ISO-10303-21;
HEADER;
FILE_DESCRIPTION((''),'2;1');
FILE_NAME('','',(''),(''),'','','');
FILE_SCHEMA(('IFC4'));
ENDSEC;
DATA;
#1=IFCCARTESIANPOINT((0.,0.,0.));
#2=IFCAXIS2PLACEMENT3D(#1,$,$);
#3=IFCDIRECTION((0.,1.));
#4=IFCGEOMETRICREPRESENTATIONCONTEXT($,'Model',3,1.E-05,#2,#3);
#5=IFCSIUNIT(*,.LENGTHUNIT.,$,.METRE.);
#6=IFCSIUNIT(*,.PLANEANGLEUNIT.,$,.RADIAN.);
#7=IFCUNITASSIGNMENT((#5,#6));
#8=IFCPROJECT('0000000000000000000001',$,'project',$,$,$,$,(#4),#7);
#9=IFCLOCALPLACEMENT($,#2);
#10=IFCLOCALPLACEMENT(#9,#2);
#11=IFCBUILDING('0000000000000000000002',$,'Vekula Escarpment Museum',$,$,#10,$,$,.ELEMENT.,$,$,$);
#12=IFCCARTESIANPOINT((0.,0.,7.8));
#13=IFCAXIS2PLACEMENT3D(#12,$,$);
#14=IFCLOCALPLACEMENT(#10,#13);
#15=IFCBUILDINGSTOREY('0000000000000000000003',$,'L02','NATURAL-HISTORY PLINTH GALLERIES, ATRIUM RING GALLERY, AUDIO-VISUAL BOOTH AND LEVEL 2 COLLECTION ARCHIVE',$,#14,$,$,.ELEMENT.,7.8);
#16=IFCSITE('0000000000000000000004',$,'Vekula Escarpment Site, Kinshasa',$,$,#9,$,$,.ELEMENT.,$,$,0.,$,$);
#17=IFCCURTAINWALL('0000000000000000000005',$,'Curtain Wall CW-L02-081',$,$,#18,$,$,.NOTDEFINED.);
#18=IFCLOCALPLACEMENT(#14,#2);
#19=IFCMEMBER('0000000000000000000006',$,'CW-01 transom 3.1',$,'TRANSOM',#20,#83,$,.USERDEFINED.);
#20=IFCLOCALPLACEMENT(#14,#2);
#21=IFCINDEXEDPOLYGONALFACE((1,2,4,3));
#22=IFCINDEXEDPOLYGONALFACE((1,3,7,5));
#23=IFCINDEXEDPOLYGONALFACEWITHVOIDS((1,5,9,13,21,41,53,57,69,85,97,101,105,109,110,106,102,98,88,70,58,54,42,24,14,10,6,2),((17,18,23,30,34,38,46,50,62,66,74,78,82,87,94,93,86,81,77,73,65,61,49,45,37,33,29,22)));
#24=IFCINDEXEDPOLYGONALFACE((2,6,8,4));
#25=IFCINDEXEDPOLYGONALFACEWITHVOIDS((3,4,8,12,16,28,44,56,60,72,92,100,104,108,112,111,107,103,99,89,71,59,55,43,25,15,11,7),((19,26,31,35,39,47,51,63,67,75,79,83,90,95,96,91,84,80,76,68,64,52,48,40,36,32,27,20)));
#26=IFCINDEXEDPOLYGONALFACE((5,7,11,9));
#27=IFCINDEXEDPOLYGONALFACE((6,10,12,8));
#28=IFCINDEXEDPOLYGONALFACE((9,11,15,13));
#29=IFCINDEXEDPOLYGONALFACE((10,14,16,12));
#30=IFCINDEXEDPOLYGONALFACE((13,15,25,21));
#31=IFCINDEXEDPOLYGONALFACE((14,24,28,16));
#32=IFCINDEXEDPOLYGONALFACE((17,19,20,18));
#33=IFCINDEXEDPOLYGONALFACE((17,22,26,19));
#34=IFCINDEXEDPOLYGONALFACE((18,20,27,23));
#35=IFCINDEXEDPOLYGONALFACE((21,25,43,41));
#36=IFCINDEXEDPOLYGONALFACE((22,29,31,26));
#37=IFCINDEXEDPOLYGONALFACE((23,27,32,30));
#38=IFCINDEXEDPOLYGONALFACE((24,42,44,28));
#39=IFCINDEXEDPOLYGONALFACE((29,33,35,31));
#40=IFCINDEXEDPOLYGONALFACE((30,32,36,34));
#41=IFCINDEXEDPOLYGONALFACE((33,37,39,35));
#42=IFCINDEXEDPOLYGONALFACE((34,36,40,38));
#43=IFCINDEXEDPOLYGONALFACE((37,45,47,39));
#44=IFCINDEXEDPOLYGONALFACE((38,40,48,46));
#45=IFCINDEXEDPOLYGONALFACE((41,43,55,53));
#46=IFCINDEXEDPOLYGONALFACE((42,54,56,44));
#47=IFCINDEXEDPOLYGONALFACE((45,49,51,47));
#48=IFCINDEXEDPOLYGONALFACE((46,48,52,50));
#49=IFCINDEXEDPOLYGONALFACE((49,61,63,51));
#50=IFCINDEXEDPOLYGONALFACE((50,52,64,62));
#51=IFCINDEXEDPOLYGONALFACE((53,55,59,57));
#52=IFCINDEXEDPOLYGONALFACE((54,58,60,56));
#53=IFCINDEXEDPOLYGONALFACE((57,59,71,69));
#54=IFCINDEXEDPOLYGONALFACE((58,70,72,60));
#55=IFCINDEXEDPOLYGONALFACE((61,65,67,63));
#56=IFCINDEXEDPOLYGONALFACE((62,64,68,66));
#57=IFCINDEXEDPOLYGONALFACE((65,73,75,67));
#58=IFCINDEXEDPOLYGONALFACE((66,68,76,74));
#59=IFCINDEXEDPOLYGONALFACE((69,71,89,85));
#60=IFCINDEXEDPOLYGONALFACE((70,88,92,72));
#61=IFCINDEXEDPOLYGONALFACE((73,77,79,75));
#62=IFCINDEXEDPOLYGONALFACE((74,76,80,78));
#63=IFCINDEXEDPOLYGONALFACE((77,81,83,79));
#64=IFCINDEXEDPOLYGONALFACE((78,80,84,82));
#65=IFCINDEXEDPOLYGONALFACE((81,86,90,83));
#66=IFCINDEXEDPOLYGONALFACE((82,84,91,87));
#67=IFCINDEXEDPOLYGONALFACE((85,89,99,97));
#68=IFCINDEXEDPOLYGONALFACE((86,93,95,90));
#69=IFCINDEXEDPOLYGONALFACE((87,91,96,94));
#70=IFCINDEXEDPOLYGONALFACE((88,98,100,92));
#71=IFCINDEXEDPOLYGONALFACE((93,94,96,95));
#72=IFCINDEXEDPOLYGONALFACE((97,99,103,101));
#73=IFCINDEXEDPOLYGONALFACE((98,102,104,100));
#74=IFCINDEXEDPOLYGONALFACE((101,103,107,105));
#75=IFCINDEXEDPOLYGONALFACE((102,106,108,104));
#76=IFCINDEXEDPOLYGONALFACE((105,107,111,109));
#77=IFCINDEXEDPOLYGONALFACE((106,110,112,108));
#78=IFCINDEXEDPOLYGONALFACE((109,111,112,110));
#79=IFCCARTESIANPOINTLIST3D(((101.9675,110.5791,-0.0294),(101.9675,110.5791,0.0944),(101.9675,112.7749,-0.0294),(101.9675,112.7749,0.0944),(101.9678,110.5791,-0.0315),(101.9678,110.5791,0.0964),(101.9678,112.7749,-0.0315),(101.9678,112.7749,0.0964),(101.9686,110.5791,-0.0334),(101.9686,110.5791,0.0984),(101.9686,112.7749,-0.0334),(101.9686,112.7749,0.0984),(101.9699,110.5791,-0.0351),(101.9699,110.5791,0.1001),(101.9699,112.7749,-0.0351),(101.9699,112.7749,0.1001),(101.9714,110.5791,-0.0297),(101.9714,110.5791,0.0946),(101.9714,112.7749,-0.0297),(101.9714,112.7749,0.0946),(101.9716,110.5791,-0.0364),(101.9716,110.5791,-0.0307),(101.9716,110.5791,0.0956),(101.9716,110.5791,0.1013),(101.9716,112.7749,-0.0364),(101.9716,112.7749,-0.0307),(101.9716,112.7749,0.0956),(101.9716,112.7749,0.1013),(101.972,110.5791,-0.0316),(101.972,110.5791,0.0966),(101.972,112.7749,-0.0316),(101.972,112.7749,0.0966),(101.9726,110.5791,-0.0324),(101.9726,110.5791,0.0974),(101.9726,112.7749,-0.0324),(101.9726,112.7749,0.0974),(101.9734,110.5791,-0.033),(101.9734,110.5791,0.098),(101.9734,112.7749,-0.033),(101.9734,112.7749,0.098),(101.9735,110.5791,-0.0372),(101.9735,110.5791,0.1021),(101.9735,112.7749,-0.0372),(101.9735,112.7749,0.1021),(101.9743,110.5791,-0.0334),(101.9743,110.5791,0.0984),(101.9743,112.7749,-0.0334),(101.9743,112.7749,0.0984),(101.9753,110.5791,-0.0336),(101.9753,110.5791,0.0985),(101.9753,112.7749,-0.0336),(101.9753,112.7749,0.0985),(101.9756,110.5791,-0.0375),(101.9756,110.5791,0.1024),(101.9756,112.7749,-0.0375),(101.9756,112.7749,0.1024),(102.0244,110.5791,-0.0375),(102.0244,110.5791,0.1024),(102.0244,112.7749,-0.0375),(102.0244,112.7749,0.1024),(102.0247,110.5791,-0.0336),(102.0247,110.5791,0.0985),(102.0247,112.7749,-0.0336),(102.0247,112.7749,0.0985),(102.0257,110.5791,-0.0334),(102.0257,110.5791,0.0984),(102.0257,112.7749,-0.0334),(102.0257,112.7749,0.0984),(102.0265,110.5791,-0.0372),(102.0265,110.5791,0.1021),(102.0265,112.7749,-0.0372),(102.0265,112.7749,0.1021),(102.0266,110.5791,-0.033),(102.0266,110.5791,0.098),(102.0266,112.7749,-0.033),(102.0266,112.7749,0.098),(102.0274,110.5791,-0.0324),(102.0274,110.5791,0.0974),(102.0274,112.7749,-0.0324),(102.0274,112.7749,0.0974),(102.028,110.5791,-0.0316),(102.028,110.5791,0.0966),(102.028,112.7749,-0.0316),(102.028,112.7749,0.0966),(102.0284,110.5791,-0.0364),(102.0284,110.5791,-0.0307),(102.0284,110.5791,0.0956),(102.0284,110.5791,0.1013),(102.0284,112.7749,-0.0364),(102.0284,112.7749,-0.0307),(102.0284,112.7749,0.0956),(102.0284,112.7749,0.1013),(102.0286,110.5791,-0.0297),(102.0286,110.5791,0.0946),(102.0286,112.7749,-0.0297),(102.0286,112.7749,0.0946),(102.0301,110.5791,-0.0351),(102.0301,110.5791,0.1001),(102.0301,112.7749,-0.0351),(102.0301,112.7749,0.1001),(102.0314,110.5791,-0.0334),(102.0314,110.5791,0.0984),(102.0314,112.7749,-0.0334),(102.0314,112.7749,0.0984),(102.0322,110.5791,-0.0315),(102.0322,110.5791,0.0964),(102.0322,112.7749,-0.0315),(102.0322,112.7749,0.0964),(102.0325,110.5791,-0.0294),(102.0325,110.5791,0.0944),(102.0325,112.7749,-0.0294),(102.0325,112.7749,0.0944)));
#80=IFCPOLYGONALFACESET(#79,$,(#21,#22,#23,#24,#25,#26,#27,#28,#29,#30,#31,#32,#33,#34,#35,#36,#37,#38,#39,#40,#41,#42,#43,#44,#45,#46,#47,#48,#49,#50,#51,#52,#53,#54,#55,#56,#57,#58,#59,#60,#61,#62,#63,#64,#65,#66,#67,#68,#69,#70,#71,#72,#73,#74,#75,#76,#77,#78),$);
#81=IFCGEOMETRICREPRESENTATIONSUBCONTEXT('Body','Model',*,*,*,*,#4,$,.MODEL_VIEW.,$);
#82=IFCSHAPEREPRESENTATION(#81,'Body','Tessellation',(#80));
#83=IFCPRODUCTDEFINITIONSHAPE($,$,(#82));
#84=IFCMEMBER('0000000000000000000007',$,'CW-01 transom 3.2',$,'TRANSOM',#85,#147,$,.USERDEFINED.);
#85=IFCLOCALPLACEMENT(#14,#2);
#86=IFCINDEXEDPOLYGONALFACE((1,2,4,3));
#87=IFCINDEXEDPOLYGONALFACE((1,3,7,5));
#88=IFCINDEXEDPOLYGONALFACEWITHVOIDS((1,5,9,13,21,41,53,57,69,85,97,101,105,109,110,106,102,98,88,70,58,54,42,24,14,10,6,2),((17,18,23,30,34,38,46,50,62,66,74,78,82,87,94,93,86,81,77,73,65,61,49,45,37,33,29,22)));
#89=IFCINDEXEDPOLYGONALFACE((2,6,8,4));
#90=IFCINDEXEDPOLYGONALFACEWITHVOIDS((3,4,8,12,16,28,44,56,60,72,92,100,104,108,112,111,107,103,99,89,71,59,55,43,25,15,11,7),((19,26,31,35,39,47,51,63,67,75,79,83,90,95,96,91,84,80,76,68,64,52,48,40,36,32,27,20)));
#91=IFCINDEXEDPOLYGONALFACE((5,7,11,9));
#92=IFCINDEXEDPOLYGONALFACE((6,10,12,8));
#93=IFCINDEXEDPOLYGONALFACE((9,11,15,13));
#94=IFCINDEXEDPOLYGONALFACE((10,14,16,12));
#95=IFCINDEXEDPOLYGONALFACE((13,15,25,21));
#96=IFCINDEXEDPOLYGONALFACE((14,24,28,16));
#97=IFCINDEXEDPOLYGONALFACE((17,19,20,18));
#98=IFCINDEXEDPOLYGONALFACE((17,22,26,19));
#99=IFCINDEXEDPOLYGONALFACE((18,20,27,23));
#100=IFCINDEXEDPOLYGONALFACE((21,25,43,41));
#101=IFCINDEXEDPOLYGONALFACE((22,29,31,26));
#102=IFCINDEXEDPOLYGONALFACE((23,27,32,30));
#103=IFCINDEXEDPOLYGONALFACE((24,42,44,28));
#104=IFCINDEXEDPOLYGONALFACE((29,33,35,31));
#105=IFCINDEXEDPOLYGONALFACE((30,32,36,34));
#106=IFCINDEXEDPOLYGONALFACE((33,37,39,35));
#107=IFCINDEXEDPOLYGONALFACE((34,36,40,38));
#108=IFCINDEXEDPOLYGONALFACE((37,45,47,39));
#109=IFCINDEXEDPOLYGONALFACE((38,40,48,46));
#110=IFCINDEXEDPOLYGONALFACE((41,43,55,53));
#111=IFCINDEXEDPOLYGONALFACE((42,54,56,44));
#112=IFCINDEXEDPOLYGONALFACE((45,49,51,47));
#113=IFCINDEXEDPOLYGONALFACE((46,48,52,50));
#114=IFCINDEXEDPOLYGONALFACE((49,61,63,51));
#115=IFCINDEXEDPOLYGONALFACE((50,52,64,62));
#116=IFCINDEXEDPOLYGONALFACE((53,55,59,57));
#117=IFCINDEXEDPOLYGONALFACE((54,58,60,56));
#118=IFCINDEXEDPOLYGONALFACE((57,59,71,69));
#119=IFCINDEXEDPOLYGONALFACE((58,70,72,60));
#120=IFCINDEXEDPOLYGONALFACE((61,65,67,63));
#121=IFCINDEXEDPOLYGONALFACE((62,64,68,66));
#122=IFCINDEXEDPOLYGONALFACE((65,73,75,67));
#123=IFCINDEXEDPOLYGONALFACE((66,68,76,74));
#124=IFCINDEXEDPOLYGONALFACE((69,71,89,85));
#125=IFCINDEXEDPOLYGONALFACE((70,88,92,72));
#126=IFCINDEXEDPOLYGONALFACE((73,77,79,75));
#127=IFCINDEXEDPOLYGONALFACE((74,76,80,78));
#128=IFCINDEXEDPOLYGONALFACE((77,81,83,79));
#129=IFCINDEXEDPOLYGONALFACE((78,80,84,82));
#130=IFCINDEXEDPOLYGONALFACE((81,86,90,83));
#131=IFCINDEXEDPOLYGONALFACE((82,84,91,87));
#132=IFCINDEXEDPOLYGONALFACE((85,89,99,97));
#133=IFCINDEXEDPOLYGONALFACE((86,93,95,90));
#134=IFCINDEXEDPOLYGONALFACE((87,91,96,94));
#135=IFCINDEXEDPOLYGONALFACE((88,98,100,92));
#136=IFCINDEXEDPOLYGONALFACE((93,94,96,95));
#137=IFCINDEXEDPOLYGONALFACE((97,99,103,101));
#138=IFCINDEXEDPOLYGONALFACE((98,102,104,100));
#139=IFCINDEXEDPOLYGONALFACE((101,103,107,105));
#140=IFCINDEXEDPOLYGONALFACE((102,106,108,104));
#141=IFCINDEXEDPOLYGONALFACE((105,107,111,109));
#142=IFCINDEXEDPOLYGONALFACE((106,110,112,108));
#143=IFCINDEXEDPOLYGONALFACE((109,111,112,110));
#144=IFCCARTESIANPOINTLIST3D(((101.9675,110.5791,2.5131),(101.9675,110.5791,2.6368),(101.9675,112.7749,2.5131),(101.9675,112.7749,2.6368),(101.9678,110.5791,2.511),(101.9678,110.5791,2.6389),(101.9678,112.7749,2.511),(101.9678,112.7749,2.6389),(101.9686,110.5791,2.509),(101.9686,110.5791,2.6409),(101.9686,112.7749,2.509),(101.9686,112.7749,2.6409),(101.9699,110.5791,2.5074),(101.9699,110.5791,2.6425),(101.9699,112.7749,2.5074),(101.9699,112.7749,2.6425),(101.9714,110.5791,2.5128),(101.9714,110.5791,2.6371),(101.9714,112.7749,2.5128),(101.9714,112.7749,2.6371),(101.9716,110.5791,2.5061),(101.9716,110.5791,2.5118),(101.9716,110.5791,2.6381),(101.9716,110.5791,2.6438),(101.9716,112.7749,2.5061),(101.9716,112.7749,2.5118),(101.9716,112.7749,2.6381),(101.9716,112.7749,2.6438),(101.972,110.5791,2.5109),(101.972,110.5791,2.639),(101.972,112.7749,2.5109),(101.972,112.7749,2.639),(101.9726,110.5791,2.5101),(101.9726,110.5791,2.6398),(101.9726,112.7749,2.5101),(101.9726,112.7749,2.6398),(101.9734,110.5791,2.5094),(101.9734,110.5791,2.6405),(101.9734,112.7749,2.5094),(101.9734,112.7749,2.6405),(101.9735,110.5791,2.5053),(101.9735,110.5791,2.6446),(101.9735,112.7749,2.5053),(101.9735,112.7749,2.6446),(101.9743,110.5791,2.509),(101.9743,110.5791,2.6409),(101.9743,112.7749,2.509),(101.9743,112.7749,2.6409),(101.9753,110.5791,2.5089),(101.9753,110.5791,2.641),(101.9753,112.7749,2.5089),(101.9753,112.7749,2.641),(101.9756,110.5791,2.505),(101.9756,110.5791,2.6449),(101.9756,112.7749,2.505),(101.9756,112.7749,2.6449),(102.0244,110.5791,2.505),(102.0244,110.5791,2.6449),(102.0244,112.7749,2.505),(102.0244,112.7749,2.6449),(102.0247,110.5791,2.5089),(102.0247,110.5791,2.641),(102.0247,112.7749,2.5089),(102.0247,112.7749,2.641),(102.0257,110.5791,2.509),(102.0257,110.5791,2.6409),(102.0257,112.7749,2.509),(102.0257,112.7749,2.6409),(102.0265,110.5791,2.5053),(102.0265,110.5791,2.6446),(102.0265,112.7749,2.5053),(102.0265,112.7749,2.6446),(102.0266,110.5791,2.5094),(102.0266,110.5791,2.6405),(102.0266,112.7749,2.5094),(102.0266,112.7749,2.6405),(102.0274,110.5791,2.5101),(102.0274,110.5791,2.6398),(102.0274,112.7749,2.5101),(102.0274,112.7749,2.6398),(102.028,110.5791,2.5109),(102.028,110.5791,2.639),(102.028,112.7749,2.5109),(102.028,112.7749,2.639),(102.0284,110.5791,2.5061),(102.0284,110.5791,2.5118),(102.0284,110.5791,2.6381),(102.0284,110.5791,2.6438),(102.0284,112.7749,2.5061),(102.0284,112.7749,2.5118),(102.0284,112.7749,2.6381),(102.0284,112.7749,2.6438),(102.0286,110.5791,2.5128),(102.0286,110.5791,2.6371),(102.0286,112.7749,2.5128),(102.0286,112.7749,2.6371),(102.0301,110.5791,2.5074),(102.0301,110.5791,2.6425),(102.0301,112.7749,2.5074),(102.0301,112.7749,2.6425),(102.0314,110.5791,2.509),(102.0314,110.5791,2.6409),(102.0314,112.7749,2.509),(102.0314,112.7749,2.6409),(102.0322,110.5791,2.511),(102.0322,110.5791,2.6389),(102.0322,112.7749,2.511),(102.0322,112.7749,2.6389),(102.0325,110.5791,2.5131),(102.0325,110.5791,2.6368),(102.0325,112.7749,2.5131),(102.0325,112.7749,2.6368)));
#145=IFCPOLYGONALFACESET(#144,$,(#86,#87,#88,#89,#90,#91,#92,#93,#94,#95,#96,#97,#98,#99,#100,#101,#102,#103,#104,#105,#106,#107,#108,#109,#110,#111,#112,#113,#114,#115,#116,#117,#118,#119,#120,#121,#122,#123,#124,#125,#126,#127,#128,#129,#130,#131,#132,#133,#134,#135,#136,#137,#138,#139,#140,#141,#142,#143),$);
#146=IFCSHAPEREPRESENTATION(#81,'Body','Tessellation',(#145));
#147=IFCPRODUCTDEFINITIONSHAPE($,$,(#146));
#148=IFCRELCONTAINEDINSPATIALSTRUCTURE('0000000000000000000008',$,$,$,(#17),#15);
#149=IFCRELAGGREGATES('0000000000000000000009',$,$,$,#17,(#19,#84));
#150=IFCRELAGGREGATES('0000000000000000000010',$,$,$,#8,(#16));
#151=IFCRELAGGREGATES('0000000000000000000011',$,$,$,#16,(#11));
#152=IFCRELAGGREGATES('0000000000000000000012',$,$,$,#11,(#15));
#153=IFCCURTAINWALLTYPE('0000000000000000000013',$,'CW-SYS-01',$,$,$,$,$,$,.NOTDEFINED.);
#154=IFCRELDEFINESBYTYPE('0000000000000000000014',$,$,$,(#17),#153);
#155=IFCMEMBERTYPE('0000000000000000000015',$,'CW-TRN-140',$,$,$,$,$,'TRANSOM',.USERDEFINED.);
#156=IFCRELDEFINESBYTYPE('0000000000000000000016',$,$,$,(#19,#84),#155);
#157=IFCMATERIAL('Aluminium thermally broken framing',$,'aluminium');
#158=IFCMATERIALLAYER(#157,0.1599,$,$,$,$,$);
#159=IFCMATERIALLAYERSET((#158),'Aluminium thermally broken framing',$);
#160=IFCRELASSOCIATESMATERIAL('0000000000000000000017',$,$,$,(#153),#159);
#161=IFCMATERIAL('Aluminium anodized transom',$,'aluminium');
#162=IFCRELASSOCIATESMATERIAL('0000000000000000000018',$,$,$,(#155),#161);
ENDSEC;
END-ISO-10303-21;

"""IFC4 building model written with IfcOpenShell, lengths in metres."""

from ifc_helpers import new_model, si_unit, direction, frame, origin, origin_2d, place, context, subcontext, project, spatial, hollow_rectangle, extrude, material, layer, layer_set, material_profile, profile_set, type_object, element, aggregate, save


model = new_model("IFC4")

# Units and contexts
model_context = context("Model", 3, precision=1e-05, world=origin(), true_north=direction((0.0, 1.0)))
body_context = subcontext(model_context, "Body", "Model", "MODEL_VIEW")
ifc_project = project(units=[si_unit("LENGTHUNIT", "METRE"), si_unit("PLANEANGLEUNIT", "RADIAN")], contexts=[model_context])

# Site, building, storey
site_placement = place(None, origin())
site = spatial("IfcSite", under=ifc_project, at=site_placement, Name="Vekula Escarpment Site, Kinshasa", CompositionType="ELEMENT", RefElevation=0.0)
building_placement = place(site_placement, origin())
building = spatial("IfcBuilding", under=site, at=building_placement, Name="Vekula Escarpment Museum", CompositionType="ELEMENT")
storey_placement = place(building_placement, frame((0.0, 0.0, 7.8)))
storey = spatial("IfcBuildingStorey", under=building, at=storey_placement, Name="L02", Description="NATURAL-HISTORY PLINTH GALLERIES, ATRIUM RING GALLERY, AUDIO-VISUAL BOOTH AND LEVEL 2 COLLECTION ARCHIVE", CompositionType="ELEMENT", Elevation=7.8)

# Curtain wall
ifc_material_1 = material(Name="Aluminium thermally broken framing", Category="aluminium")
ifc_layer_1 = layer(ifc_material_1, 0.1599)
ifc_layer_set_1 = layer_set([ifc_layer_1], Name="Aluminium thermally broken framing")
curtain_wall_type_1 = type_object("IfcCurtainWallType", Name="CW-SYS-01", PredefinedType="NOTDEFINED", material=ifc_layer_set_1)
curtain_wall_1_placement = place(storey_placement, origin())
curtain_wall_1 = element("IfcCurtainWall", 1, at=curtain_wall_1_placement, inside=storey, type_object=curtain_wall_type_1, Name="Curtain Wall CW-L02-081", PredefinedType="NOTDEFINED")

# Members
ifc_material_2 = material(Name="Aluminium anodized transom", Category="aluminium")
ifc_material_profile_1 = material_profile(ifc_material_2, hollow_rectangle(XDim=0.0649, YDim=0.1399, WallThickness=0.0039, InnerFilletRadius=0.0039, OuterFilletRadius=0.0081, at=origin_2d()), Name="ALU 140x65x4")
ifc_profile_set_1 = profile_set([ifc_material_profile_1], Name="Aluminium anodized transom")
member_type_1 = type_object("IfcMemberType", Name="CW-TRN-140", ElementType="TRANSOM", PredefinedType="USERDEFINED", material=ifc_profile_set_1)
member_1_placement = place(storey_placement, frame((102.0, 110.5791, 0.0325), z_axis=(0.0, 1.0, 0.0), x_axis=(-1.0, 0.0, 0.0)))
member_1 = element("IfcMember", 2, at=member_1_placement, type_object=member_type_1, Name="CW-01 transom 3.1", ObjectType="TRANSOM", PredefinedType="USERDEFINED", context=body_context, shape_type="SweptSolid", body=[
    extrude(hollow_rectangle(XDim=0.0649, YDim=0.1399, WallThickness=0.0039, InnerFilletRadius=0.0039, OuterFilletRadius=0.0081, at=origin_2d()), origin(), (0.0, 0.0, 1.0), 2.1958),
])
member_2_placement = place(storey_placement, frame((102.0, 110.5791, 2.575), z_axis=(0.0, 1.0, 0.0), x_axis=(-1.0, 0.0, 0.0)))
member_2 = element("IfcMember", 3, at=member_2_placement, type_object=member_type_1, Name="CW-01 transom 3.2", ObjectType="TRANSOM", PredefinedType="USERDEFINED", context=body_context, shape_type="SweptSolid", body=[
    extrude(hollow_rectangle(XDim=0.0649, YDim=0.1399, WallThickness=0.0039, InnerFilletRadius=0.0039, OuterFilletRadius=0.0081, at=origin_2d()), origin(), (0.0, 0.0, 1.0), 2.1958),
])

aggregate(curtain_wall_1, [member_1, member_2])

save(model, "model.ifc")
